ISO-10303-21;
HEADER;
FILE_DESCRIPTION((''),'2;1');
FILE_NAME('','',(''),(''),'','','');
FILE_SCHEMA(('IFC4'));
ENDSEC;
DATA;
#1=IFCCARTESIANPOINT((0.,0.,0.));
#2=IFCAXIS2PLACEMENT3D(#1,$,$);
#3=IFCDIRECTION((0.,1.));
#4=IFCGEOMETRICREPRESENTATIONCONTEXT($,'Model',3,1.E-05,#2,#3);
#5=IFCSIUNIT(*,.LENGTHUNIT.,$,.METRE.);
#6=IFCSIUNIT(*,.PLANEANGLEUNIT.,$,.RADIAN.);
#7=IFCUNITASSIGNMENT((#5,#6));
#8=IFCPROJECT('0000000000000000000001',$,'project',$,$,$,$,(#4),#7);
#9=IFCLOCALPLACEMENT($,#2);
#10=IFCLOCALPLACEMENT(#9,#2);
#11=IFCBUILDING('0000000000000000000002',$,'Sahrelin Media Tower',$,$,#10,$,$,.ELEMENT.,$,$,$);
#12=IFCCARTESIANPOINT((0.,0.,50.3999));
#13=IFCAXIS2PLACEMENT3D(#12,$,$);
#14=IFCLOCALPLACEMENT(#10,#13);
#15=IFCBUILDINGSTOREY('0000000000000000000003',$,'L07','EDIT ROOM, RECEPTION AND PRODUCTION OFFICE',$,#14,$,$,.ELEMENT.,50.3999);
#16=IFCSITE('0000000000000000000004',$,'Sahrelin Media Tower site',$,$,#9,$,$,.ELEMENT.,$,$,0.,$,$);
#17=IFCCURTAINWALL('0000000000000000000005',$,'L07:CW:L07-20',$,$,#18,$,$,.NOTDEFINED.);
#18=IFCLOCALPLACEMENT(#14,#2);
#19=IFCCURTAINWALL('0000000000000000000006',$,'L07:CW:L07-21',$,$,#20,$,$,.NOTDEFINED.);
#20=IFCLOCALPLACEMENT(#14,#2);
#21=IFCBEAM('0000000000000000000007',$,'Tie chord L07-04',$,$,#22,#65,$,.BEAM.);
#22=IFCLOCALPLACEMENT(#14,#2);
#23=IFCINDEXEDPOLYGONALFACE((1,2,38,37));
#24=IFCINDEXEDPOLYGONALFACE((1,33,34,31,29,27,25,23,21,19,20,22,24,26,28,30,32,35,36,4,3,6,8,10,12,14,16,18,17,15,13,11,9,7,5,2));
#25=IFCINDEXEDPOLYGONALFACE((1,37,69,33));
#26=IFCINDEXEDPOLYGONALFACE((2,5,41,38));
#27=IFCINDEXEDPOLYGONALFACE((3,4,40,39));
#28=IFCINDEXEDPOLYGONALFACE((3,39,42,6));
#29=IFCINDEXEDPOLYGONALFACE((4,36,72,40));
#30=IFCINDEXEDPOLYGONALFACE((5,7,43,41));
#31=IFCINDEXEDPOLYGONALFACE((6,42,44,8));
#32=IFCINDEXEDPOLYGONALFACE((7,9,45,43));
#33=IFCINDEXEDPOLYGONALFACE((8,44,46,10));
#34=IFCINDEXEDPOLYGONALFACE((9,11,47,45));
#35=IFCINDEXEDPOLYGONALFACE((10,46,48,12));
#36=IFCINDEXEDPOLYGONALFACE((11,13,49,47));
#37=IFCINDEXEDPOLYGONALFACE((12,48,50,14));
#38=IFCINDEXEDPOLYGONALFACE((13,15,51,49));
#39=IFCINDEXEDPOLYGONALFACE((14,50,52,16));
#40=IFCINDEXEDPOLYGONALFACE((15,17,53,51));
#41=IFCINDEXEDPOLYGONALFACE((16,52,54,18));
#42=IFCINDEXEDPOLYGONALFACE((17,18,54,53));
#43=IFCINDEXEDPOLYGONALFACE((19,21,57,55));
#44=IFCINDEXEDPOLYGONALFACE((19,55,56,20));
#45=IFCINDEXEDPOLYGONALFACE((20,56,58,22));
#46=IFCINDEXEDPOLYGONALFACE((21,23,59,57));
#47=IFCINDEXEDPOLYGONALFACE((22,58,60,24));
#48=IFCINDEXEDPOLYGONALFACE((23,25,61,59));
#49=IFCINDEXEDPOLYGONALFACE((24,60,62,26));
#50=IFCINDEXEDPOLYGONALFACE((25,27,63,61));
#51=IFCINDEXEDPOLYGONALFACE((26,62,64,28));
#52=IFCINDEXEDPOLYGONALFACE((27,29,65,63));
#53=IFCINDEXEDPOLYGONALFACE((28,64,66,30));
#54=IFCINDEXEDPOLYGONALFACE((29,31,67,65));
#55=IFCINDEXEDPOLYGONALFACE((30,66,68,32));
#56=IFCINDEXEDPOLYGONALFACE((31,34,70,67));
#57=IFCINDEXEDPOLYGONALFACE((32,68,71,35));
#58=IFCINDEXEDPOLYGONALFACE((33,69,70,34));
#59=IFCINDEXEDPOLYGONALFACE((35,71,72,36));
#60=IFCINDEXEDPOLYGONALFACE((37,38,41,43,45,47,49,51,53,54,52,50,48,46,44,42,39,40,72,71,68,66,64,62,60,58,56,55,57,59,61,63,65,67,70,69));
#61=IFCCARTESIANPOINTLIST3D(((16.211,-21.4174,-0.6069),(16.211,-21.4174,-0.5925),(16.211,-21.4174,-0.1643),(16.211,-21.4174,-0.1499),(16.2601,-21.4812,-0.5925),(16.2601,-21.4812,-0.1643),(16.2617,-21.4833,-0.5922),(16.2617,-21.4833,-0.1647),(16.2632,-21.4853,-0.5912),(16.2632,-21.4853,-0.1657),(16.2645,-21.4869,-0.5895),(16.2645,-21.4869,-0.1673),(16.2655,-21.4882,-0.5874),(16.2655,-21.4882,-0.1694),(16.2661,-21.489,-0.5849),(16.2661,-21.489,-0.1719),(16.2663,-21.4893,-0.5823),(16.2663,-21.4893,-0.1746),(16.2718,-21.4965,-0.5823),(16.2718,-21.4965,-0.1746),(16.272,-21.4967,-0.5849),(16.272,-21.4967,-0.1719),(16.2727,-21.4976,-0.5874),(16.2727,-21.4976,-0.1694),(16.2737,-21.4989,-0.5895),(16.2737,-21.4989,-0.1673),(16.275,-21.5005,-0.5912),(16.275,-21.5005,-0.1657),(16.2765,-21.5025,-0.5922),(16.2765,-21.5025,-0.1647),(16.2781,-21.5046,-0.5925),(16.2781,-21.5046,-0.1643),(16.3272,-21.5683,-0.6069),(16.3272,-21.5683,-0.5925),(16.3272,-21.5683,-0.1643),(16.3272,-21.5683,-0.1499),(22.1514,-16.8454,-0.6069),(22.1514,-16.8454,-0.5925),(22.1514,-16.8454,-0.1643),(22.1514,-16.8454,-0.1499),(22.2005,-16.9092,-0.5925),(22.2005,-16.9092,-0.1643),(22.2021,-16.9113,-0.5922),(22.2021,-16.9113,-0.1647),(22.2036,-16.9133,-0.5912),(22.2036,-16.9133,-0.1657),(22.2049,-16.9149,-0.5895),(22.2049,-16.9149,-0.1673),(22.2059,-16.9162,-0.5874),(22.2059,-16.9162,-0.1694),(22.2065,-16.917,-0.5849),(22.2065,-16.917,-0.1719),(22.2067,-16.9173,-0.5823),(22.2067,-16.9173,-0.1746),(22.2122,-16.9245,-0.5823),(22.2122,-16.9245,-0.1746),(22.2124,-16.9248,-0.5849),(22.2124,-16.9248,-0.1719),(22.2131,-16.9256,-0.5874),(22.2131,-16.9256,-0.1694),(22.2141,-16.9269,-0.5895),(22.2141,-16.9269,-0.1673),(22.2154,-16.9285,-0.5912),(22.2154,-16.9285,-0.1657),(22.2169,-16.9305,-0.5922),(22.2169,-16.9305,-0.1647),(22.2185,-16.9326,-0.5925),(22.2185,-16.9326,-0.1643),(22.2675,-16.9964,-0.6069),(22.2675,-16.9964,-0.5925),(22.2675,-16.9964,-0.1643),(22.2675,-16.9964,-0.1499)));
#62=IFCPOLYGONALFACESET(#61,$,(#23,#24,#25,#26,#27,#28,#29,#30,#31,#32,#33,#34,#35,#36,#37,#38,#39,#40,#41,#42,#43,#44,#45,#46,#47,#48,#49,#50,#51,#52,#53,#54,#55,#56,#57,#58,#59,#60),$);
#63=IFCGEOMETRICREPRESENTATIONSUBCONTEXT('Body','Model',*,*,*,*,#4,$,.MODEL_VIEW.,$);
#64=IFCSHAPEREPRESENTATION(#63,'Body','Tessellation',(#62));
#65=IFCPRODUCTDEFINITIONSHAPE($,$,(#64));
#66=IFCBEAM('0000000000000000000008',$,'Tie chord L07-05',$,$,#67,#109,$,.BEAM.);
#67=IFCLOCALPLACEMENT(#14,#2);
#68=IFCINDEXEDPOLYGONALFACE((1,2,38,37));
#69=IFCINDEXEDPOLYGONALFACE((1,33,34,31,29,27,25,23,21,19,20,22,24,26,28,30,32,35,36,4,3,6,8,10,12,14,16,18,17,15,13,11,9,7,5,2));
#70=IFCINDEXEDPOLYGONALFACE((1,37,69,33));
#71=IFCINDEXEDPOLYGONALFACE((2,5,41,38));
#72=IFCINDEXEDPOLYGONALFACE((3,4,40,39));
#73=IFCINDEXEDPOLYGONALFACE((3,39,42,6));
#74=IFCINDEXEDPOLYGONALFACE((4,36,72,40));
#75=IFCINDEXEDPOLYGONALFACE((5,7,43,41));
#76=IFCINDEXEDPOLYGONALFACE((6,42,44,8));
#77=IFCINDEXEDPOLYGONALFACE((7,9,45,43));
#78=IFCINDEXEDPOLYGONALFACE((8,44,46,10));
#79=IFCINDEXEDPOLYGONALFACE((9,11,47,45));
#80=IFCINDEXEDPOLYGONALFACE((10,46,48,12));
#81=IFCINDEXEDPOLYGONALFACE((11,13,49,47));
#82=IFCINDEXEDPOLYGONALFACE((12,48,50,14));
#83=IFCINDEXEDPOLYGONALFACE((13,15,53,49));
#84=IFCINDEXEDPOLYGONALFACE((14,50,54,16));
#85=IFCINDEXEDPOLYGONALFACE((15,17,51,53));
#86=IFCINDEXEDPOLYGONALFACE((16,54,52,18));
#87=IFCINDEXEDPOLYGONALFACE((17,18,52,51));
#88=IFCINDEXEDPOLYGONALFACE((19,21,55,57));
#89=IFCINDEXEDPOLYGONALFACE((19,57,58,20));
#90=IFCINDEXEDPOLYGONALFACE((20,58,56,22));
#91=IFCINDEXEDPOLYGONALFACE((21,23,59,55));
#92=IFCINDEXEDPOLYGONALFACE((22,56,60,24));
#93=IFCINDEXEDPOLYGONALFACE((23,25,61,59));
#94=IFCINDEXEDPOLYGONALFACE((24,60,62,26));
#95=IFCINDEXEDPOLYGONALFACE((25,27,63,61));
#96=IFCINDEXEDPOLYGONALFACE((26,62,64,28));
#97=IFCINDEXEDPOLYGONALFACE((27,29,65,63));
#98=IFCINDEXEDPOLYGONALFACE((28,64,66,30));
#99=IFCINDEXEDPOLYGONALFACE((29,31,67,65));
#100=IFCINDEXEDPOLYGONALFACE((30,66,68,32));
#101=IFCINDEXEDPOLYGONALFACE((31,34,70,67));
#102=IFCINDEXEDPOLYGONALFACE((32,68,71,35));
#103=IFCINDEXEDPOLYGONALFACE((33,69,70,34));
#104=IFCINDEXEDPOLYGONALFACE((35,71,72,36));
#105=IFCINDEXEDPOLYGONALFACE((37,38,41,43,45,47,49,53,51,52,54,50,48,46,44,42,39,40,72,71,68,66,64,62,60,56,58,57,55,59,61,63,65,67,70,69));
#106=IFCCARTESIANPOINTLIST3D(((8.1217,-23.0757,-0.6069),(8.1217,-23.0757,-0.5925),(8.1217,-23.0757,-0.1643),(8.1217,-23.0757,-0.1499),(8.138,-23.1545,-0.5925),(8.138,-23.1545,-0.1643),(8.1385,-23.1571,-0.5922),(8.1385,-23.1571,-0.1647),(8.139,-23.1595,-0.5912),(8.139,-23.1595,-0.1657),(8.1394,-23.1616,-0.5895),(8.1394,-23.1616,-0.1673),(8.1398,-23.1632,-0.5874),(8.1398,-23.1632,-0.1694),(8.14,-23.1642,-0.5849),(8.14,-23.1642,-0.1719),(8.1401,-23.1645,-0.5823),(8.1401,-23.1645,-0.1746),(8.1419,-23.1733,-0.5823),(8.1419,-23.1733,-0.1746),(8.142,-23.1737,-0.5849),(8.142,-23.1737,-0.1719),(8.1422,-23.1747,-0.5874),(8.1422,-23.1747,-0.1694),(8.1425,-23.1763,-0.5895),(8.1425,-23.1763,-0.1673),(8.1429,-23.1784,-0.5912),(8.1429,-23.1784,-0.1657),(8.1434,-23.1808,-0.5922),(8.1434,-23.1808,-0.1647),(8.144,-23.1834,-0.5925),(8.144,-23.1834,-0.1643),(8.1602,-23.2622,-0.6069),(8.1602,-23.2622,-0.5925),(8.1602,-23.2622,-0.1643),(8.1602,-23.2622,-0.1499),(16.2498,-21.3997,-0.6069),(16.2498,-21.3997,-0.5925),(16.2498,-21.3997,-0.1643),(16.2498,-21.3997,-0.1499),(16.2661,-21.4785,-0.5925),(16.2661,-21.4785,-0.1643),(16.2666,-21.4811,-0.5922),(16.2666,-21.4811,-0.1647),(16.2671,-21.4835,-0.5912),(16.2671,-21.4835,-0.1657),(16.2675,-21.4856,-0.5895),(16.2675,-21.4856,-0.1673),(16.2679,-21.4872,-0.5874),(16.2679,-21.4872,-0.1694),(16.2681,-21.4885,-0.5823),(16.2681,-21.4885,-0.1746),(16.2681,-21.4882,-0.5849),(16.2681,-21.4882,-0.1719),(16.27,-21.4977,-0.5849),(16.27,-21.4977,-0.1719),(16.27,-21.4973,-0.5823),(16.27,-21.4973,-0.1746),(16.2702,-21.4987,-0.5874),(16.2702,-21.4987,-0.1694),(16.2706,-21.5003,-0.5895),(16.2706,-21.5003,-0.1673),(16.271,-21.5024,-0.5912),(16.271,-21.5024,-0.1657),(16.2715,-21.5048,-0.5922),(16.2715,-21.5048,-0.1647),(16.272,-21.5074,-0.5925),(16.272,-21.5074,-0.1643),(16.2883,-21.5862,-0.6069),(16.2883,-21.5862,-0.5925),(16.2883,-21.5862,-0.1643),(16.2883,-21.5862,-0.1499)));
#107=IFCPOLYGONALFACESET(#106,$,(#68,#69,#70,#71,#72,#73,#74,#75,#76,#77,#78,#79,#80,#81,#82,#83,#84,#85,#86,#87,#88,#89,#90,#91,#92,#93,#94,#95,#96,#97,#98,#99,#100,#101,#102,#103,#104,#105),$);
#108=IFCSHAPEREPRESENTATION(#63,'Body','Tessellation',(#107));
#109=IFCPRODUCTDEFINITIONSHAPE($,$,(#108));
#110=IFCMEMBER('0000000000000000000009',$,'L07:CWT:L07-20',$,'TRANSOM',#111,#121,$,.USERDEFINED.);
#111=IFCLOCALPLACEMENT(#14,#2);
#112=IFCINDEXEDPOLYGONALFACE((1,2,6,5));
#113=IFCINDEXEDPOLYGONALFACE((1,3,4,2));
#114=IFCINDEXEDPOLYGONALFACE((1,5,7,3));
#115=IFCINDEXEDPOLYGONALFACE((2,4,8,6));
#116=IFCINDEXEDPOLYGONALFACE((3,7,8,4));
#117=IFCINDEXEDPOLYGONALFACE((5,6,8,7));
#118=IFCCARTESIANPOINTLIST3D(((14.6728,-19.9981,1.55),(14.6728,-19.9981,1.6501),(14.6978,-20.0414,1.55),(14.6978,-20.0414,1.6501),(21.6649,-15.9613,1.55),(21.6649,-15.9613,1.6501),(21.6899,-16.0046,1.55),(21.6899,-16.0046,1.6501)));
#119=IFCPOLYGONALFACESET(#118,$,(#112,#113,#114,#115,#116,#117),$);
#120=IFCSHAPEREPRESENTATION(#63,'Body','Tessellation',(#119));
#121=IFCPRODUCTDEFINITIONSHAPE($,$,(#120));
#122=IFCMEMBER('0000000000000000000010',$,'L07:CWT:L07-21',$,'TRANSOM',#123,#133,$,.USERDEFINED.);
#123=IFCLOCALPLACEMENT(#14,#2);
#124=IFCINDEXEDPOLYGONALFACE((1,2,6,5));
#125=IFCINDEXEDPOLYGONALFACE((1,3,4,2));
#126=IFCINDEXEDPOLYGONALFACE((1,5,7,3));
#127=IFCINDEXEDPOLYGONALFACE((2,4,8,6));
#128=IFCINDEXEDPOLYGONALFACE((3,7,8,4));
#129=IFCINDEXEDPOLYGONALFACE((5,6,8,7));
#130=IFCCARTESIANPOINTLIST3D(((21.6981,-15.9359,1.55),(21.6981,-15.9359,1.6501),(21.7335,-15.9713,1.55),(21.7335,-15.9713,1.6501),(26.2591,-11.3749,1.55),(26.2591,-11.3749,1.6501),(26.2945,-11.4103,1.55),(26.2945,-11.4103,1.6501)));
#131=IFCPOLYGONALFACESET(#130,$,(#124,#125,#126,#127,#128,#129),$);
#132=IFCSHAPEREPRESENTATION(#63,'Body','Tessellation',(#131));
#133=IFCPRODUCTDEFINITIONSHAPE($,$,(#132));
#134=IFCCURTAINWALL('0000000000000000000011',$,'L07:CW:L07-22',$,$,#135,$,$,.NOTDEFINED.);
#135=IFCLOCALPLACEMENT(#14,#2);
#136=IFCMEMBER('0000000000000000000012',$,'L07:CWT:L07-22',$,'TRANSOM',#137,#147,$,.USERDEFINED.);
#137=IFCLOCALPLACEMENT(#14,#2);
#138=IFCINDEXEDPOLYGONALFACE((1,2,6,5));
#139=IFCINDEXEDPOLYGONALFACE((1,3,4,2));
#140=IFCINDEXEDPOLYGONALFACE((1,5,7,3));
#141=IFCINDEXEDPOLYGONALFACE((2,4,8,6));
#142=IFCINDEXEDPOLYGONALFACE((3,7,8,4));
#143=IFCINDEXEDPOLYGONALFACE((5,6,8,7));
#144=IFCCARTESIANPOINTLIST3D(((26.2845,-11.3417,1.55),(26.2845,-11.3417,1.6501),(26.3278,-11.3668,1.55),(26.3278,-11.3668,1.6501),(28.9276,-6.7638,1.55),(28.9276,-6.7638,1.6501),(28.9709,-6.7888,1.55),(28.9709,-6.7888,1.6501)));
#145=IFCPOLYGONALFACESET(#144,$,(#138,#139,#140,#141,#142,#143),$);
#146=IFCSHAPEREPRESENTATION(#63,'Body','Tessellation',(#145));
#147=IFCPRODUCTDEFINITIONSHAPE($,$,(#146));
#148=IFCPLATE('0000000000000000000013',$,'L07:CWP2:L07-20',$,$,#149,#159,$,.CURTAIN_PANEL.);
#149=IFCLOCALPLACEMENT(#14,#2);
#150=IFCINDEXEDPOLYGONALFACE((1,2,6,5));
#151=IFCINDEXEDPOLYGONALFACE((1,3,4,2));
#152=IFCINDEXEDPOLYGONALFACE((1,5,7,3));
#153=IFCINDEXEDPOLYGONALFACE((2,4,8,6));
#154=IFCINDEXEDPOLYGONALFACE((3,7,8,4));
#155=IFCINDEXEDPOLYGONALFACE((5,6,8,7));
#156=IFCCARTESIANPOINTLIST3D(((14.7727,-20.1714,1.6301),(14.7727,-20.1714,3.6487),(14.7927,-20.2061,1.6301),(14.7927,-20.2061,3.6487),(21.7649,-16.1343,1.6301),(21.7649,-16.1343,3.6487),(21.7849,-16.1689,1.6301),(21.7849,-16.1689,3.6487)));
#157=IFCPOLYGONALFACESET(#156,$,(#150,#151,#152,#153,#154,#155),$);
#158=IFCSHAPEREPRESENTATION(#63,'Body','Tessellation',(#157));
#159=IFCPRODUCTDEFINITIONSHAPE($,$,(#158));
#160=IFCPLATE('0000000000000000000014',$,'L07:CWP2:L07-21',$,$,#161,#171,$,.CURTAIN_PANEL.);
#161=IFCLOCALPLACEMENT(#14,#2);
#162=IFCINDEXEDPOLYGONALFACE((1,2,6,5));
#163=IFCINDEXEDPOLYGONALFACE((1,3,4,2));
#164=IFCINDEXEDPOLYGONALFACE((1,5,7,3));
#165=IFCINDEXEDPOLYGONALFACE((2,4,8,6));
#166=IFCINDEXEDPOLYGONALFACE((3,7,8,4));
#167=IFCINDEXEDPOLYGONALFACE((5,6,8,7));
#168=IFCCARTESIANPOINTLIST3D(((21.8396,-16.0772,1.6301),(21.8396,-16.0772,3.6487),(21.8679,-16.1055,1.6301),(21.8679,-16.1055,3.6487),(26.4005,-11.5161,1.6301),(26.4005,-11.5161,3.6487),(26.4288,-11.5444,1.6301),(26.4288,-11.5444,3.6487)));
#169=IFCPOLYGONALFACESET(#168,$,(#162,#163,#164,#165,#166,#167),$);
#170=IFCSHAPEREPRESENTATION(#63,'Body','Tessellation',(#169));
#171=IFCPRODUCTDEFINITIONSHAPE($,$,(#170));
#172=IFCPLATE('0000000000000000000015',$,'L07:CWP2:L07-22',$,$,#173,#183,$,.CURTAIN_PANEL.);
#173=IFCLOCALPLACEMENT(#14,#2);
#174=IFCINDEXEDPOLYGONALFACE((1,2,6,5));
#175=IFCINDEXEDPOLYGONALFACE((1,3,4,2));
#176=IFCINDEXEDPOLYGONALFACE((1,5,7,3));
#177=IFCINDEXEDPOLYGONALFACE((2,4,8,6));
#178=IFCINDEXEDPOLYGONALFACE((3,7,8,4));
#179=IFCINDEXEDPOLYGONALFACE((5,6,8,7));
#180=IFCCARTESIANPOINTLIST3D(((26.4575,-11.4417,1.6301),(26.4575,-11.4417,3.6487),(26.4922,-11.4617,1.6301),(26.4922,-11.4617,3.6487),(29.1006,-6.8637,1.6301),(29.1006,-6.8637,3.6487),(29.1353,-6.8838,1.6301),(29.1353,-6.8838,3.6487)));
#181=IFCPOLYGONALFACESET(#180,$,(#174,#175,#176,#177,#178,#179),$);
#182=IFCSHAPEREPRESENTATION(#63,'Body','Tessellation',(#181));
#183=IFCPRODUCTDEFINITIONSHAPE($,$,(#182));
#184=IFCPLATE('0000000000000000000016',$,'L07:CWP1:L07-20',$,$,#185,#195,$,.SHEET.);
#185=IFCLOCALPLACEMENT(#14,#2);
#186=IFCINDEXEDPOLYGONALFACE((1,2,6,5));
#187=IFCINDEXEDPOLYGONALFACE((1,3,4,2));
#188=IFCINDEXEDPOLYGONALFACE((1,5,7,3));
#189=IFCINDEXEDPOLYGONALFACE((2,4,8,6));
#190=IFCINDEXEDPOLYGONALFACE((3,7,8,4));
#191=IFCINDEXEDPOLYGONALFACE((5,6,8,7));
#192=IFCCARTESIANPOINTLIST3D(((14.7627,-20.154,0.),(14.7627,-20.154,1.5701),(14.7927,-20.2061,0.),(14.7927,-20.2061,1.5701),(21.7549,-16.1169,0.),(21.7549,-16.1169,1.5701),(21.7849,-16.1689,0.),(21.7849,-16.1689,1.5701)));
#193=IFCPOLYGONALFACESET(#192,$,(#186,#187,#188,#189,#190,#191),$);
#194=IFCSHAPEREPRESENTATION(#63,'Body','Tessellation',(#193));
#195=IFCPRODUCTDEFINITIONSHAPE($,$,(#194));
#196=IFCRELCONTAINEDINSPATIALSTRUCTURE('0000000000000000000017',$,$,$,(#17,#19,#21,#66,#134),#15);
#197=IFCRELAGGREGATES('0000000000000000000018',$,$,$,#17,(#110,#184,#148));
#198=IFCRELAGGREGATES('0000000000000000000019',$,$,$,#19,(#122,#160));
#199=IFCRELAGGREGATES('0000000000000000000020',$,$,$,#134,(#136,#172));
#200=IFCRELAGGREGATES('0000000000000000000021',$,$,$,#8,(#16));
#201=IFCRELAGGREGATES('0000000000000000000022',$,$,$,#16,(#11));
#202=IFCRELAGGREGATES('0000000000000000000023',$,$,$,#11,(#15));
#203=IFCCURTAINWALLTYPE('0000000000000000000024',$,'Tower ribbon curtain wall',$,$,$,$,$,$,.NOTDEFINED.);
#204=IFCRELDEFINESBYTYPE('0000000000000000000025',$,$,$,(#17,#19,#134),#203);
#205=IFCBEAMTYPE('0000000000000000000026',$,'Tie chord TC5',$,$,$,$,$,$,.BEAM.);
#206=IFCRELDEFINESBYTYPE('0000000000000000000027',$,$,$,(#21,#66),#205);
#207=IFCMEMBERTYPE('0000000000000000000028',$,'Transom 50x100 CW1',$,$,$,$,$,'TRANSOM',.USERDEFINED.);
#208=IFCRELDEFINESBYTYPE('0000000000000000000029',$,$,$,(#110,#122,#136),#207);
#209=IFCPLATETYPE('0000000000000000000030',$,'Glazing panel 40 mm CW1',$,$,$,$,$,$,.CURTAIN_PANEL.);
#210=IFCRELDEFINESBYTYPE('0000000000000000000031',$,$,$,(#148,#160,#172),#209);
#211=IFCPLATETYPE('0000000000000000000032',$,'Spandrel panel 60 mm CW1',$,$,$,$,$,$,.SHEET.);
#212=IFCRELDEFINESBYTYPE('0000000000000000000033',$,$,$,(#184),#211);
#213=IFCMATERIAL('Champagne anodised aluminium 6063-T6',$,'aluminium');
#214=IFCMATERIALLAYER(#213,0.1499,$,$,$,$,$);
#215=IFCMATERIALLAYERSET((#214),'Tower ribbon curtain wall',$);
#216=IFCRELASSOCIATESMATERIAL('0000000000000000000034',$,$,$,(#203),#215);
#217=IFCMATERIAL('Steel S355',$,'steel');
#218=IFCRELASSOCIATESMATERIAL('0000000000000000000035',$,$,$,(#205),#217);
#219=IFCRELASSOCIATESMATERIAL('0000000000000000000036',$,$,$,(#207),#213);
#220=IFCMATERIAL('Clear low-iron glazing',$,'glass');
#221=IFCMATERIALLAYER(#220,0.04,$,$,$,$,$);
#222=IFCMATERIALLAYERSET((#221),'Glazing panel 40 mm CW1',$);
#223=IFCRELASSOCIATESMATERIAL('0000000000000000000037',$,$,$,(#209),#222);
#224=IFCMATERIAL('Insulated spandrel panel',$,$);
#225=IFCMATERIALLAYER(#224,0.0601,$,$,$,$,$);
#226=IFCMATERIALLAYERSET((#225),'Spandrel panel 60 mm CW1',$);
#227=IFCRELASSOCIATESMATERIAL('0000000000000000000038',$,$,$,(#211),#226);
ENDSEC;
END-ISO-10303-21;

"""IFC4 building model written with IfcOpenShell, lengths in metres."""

from ifc_helpers import new_model, si_unit, direction, frame, origin, origin_2d, place, context, subcontext, project, spatial, polyline, rectangle, i_section, outline, extrude, material, layer, layer_set, material_profile, profile_set, type_object, element, aggregate, save


model = new_model("IFC4")

# Units and contexts
model_context = context("Model", 3, precision=1e-05, world=origin(), true_north=direction((0.0, 1.0)))
body_context = subcontext(model_context, "Body", "Model", "MODEL_VIEW")
ifc_project = project(units=[si_unit("LENGTHUNIT", "METRE"), si_unit("PLANEANGLEUNIT", "RADIAN")], contexts=[model_context])

# Site, building, storey
site_placement = place(None, origin())
site = spatial("IfcSite", under=ifc_project, at=site_placement, Name="Sahrelin Media Tower site", CompositionType="ELEMENT", RefElevation=0.0)
building_placement = place(site_placement, origin())
building = spatial("IfcBuilding", under=site, at=building_placement, Name="Sahrelin Media Tower", CompositionType="ELEMENT")
storey_placement = place(building_placement, frame((0.0, 0.0, 50.3999)))
storey = spatial("IfcBuildingStorey", under=building, at=storey_placement, Name="L07", Description="EDIT ROOM, RECEPTION AND PRODUCTION OFFICE", CompositionType="ELEMENT", Elevation=50.3999)

# Shared definitions
ifc_material_1 = material(Name="Steel S355", Category="steel")

# Curtain walls
ifc_material_2 = material(Name="Champagne anodised aluminium 6063-T6", Category="aluminium")
ifc_layer_1 = layer(ifc_material_2, 0.1499)
ifc_layer_set_1 = layer_set([ifc_layer_1], Name="Tower ribbon curtain wall")
curtain_wall_type = type_object("IfcCurtainWallType", Name="Tower ribbon curtain wall", PredefinedType="NOTDEFINED", material=ifc_layer_set_1)
curtain_wall_1_placement = place(storey_placement, frame((18.2788, -18.1702, 0.0), z_axis=(0.0, 0.0, 1.0), x_axis=(1.0, 0.0, 0.0)))
curtain_wall_1 = element("IfcCurtainWall", 1, at=curtain_wall_1_placement, inside=storey, type_object=curtain_wall_type, Name="L07:CW:L07-20", PredefinedType="NOTDEFINED")
curtain_wall_2_placement = place(storey_placement, frame((24.134, -13.8108, 0.0), z_axis=(0.0, 0.0, 1.0), x_axis=(1.0, 0.0, 0.0)))
curtain_wall_2 = element("IfcCurtainWall", 2, at=curtain_wall_2_placement, inside=storey, type_object=curtain_wall_type, Name="L07:CW:L07-21", PredefinedType="NOTDEFINED")

# Beams
ifc_material_profile_1 = material_profile(ifc_material_1, i_section(OverallWidth=0.1904, OverallDepth=0.457, WebThickness=0.009, FlangeThickness=0.0144, FilletRadius=0.0103, at=origin_2d()), Name="UB 457x191x74")
ifc_profile_set_1 = profile_set([ifc_material_profile_1], Name="Steel S355")
beam_type_1 = type_object("IfcBeamType", Name="Tie chord TC5", PredefinedType="BEAM", material=ifc_profile_set_1)
beam_1_placement = place(storey_placement, frame((22.2095, -16.9209, -0.3784), z_axis=(-0.792465, -0.609917, 0.0), x_axis=(0.609917, -0.792465, 0.0)))
element("IfcBeam", 3, at=beam_1_placement, inside=storey, type_object=beam_type_1, Name="Tie chord L07-04", PredefinedType="BEAM", context=body_context, shape_type="SweptSolid", body=[
    extrude(i_section(OverallWidth=0.1904, OverallDepth=0.457, WebThickness=0.009, FlangeThickness=0.0144, FilletRadius=0.0103, at=origin_2d()), origin(), (0.0, 0.0, 1.0), 7.4961),
])
beam_2_placement = place(storey_placement, frame((16.269, -21.4929, -0.3784), z_axis=(-0.979396, -0.201951, 0.0), x_axis=(0.201951, -0.979396, 0.0)))
element("IfcBeam", 4, at=beam_2_placement, inside=storey, type_object=beam_type_1, Name="Tie chord L07-05", PredefinedType="BEAM", context=body_context, shape_type="SweptSolid", body=[
    extrude(i_section(OverallWidth=0.1904, OverallDepth=0.457, WebThickness=0.009, FlangeThickness=0.0144, FilletRadius=0.0103, at=origin_2d()), origin(), (0.0, 0.0, 1.0), 8.2991),
])

# Members
ifc_material_profile_2 = material_profile(ifc_material_2, rectangle(XDim=0.05, YDim=0.1001, at=origin_2d()), Name="Transom 50x100")
ifc_profile_set_2 = profile_set([ifc_material_profile_2], Name="Champagne anodised aluminium 6063-T6")
member_type_1 = type_object("IfcMemberType", Name="Transom 50x100 CW1", ElementType="TRANSOM", PredefinedType="USERDEFINED", material=ifc_profile_set_2)
member_1_placement = place(storey_placement, frame((14.6853, -20.0198, 1.6001), z_axis=(0.866029, 0.499993, 0.0), x_axis=(-0.499993, 0.866029, 0.0)))
member_1 = element("IfcMember", 5, at=member_1_placement, type_object=member_type_1, Name="L07:CWT:L07-20", ObjectType="TRANSOM", PredefinedType="USERDEFINED", context=body_context, shape_type="SweptSolid", body=[
    extrude(rectangle(XDim=0.05, YDim=0.1001, at=origin_2d()), origin(), (0.0, 0.0, 1.0), 8.0737),
])
member_2_placement = place(storey_placement, frame((21.7158, -15.9536, 1.6001), z_axis=(0.707107, 0.707107, 0.0), x_axis=(-0.707107, 0.707107, 0.0)))
member_2 = element("IfcMember", 6, at=member_2_placement, type_object=member_type_1, Name="L07:CWT:L07-21", ObjectType="TRANSOM", PredefinedType="USERDEFINED", context=body_context, shape_type="SweptSolid", body=[
    extrude(rectangle(XDim=0.05, YDim=0.1001, at=origin_2d()), origin(), (0.0, 0.0, 1.0), 6.4502),
])

# Curtain wall, member
curtain_wall_3_placement = place(storey_placement, frame((27.7964, -9.1628, 0.0), z_axis=(0.0, 0.0, 1.0), x_axis=(1.0, 0.0, 0.0)))
curtain_wall_3 = element("IfcCurtainWall", 7, at=curtain_wall_3_placement, inside=storey, type_object=curtain_wall_type, Name="L07:CW:L07-22", PredefinedType="NOTDEFINED")
member_3_placement = place(storey_placement, frame((26.3062, -11.3542, 1.6001), z_axis=(0.500004, 0.866023, 0.0), x_axis=(-0.866023, 0.500004, 0.0)))
member_3 = element("IfcMember", 8, at=member_3_placement, type_object=member_type_1, Name="L07:CWT:L07-22", ObjectType="TRANSOM", PredefinedType="USERDEFINED", context=body_context, shape_type="SweptSolid", body=[
    extrude(rectangle(XDim=0.05, YDim=0.1001, at=origin_2d()), origin(), (0.0, 0.0, 1.0), 5.2861),
])

# Plates
ifc_material_3 = material(Name="Clear low-iron glazing", Category="glass")
ifc_layer_2 = layer(ifc_material_3, 0.04)
ifc_layer_set_2 = layer_set([ifc_layer_2], Name="Glazing panel 40 mm CW1")
plate_type_1 = type_object("IfcPlateType", Name="Glazing panel 40 mm CW1", PredefinedType="CURTAIN_PANEL", material=ifc_layer_set_2)
plate_1_placement = place(storey_placement, frame((14.7927, -20.2061, 1.6301), z_axis=(0.500016, -0.866016, 0.0), x_axis=(0.866016, 0.500016, 0.0)))
plate_1 = element("IfcPlate", 9, at=plate_1_placement, type_object=plate_type_1, Name="L07:CWP2:L07-20", PredefinedType="CURTAIN_PANEL", context=body_context, shape_type="SweptSolid", body=[
    extrude(outline(polyline([(0.0, 0.0), (8.074, 0.0), (8.074, 2.0186), (0.0, 2.0186), (0.0, 0.0)])), origin(), (0.0, 0.0, -1.0), 0.04),
])
plate_2_placement = place(storey_placement, frame((21.8679, -16.1055, 1.6301), z_axis=(0.707126, -0.707088, 0.0), x_axis=(0.707088, 0.707126, 0.0)))
plate_2 = element("IfcPlate", 10, at=plate_2_placement, type_object=plate_type_1, Name="L07:CWP2:L07-21", PredefinedType="CURTAIN_PANEL", context=body_context, shape_type="SweptSolid", body=[
    extrude(outline(polyline([(0.0, 0.0), (6.4502, 0.0), (6.4502, 2.0186), (0.0, 2.0186), (0.0, 0.0)])), origin(), (0.0, 0.0, -1.0), 0.04),
])
plate_3_placement = place(storey_placement, frame((26.4922, -11.4617, 1.6301), z_axis=(0.866023, -0.500004, 0.0), x_axis=(0.500004, 0.866023, 0.0)))
plate_3 = element("IfcPlate", 11, at=plate_3_placement, type_object=plate_type_1, Name="L07:CWP2:L07-22", PredefinedType="CURTAIN_PANEL", context=body_context, shape_type="SweptSolid", body=[
    extrude(outline(polyline([(0.0, 0.0), (5.2861, 0.0), (5.2861, 2.0186), (0.0, 2.0186), (0.0, 0.0)])), origin(), (0.0, 0.0, -1.0), 0.04),
])
ifc_material_4 = material(Name="Insulated spandrel panel")
ifc_layer_3 = layer(ifc_material_4, 0.0601)
ifc_layer_set_3 = layer_set([ifc_layer_3], Name="Spandrel panel 60 mm CW1")
plate_type_2 = type_object("IfcPlateType", Name="Spandrel panel 60 mm CW1", PredefinedType="SHEET", material=ifc_layer_set_3)
plate_4_placement = place(storey_placement, frame((14.7927, -20.2061, 0.0), z_axis=(0.500016, -0.866016, 0.0), x_axis=(0.866016, 0.500016, 0.0)))
plate_4 = element("IfcPlate", 12, at=plate_4_placement, type_object=plate_type_2, Name="L07:CWP1:L07-20", PredefinedType="SHEET", context=body_context, shape_type="SweptSolid", body=[
    extrude(outline(polyline([(0.0, 0.0), (8.074, 0.0), (8.074, 1.5701), (0.0, 1.5701), (0.0, 0.0)])), origin(), (0.0, 0.0, -1.0), 0.0601),
])
aggregate(curtain_wall_1, [member_1, plate_4, plate_1])
aggregate(curtain_wall_2, [member_2, plate_2])
aggregate(curtain_wall_3, [member_3, plate_3])

save(model, "model.ifc")
